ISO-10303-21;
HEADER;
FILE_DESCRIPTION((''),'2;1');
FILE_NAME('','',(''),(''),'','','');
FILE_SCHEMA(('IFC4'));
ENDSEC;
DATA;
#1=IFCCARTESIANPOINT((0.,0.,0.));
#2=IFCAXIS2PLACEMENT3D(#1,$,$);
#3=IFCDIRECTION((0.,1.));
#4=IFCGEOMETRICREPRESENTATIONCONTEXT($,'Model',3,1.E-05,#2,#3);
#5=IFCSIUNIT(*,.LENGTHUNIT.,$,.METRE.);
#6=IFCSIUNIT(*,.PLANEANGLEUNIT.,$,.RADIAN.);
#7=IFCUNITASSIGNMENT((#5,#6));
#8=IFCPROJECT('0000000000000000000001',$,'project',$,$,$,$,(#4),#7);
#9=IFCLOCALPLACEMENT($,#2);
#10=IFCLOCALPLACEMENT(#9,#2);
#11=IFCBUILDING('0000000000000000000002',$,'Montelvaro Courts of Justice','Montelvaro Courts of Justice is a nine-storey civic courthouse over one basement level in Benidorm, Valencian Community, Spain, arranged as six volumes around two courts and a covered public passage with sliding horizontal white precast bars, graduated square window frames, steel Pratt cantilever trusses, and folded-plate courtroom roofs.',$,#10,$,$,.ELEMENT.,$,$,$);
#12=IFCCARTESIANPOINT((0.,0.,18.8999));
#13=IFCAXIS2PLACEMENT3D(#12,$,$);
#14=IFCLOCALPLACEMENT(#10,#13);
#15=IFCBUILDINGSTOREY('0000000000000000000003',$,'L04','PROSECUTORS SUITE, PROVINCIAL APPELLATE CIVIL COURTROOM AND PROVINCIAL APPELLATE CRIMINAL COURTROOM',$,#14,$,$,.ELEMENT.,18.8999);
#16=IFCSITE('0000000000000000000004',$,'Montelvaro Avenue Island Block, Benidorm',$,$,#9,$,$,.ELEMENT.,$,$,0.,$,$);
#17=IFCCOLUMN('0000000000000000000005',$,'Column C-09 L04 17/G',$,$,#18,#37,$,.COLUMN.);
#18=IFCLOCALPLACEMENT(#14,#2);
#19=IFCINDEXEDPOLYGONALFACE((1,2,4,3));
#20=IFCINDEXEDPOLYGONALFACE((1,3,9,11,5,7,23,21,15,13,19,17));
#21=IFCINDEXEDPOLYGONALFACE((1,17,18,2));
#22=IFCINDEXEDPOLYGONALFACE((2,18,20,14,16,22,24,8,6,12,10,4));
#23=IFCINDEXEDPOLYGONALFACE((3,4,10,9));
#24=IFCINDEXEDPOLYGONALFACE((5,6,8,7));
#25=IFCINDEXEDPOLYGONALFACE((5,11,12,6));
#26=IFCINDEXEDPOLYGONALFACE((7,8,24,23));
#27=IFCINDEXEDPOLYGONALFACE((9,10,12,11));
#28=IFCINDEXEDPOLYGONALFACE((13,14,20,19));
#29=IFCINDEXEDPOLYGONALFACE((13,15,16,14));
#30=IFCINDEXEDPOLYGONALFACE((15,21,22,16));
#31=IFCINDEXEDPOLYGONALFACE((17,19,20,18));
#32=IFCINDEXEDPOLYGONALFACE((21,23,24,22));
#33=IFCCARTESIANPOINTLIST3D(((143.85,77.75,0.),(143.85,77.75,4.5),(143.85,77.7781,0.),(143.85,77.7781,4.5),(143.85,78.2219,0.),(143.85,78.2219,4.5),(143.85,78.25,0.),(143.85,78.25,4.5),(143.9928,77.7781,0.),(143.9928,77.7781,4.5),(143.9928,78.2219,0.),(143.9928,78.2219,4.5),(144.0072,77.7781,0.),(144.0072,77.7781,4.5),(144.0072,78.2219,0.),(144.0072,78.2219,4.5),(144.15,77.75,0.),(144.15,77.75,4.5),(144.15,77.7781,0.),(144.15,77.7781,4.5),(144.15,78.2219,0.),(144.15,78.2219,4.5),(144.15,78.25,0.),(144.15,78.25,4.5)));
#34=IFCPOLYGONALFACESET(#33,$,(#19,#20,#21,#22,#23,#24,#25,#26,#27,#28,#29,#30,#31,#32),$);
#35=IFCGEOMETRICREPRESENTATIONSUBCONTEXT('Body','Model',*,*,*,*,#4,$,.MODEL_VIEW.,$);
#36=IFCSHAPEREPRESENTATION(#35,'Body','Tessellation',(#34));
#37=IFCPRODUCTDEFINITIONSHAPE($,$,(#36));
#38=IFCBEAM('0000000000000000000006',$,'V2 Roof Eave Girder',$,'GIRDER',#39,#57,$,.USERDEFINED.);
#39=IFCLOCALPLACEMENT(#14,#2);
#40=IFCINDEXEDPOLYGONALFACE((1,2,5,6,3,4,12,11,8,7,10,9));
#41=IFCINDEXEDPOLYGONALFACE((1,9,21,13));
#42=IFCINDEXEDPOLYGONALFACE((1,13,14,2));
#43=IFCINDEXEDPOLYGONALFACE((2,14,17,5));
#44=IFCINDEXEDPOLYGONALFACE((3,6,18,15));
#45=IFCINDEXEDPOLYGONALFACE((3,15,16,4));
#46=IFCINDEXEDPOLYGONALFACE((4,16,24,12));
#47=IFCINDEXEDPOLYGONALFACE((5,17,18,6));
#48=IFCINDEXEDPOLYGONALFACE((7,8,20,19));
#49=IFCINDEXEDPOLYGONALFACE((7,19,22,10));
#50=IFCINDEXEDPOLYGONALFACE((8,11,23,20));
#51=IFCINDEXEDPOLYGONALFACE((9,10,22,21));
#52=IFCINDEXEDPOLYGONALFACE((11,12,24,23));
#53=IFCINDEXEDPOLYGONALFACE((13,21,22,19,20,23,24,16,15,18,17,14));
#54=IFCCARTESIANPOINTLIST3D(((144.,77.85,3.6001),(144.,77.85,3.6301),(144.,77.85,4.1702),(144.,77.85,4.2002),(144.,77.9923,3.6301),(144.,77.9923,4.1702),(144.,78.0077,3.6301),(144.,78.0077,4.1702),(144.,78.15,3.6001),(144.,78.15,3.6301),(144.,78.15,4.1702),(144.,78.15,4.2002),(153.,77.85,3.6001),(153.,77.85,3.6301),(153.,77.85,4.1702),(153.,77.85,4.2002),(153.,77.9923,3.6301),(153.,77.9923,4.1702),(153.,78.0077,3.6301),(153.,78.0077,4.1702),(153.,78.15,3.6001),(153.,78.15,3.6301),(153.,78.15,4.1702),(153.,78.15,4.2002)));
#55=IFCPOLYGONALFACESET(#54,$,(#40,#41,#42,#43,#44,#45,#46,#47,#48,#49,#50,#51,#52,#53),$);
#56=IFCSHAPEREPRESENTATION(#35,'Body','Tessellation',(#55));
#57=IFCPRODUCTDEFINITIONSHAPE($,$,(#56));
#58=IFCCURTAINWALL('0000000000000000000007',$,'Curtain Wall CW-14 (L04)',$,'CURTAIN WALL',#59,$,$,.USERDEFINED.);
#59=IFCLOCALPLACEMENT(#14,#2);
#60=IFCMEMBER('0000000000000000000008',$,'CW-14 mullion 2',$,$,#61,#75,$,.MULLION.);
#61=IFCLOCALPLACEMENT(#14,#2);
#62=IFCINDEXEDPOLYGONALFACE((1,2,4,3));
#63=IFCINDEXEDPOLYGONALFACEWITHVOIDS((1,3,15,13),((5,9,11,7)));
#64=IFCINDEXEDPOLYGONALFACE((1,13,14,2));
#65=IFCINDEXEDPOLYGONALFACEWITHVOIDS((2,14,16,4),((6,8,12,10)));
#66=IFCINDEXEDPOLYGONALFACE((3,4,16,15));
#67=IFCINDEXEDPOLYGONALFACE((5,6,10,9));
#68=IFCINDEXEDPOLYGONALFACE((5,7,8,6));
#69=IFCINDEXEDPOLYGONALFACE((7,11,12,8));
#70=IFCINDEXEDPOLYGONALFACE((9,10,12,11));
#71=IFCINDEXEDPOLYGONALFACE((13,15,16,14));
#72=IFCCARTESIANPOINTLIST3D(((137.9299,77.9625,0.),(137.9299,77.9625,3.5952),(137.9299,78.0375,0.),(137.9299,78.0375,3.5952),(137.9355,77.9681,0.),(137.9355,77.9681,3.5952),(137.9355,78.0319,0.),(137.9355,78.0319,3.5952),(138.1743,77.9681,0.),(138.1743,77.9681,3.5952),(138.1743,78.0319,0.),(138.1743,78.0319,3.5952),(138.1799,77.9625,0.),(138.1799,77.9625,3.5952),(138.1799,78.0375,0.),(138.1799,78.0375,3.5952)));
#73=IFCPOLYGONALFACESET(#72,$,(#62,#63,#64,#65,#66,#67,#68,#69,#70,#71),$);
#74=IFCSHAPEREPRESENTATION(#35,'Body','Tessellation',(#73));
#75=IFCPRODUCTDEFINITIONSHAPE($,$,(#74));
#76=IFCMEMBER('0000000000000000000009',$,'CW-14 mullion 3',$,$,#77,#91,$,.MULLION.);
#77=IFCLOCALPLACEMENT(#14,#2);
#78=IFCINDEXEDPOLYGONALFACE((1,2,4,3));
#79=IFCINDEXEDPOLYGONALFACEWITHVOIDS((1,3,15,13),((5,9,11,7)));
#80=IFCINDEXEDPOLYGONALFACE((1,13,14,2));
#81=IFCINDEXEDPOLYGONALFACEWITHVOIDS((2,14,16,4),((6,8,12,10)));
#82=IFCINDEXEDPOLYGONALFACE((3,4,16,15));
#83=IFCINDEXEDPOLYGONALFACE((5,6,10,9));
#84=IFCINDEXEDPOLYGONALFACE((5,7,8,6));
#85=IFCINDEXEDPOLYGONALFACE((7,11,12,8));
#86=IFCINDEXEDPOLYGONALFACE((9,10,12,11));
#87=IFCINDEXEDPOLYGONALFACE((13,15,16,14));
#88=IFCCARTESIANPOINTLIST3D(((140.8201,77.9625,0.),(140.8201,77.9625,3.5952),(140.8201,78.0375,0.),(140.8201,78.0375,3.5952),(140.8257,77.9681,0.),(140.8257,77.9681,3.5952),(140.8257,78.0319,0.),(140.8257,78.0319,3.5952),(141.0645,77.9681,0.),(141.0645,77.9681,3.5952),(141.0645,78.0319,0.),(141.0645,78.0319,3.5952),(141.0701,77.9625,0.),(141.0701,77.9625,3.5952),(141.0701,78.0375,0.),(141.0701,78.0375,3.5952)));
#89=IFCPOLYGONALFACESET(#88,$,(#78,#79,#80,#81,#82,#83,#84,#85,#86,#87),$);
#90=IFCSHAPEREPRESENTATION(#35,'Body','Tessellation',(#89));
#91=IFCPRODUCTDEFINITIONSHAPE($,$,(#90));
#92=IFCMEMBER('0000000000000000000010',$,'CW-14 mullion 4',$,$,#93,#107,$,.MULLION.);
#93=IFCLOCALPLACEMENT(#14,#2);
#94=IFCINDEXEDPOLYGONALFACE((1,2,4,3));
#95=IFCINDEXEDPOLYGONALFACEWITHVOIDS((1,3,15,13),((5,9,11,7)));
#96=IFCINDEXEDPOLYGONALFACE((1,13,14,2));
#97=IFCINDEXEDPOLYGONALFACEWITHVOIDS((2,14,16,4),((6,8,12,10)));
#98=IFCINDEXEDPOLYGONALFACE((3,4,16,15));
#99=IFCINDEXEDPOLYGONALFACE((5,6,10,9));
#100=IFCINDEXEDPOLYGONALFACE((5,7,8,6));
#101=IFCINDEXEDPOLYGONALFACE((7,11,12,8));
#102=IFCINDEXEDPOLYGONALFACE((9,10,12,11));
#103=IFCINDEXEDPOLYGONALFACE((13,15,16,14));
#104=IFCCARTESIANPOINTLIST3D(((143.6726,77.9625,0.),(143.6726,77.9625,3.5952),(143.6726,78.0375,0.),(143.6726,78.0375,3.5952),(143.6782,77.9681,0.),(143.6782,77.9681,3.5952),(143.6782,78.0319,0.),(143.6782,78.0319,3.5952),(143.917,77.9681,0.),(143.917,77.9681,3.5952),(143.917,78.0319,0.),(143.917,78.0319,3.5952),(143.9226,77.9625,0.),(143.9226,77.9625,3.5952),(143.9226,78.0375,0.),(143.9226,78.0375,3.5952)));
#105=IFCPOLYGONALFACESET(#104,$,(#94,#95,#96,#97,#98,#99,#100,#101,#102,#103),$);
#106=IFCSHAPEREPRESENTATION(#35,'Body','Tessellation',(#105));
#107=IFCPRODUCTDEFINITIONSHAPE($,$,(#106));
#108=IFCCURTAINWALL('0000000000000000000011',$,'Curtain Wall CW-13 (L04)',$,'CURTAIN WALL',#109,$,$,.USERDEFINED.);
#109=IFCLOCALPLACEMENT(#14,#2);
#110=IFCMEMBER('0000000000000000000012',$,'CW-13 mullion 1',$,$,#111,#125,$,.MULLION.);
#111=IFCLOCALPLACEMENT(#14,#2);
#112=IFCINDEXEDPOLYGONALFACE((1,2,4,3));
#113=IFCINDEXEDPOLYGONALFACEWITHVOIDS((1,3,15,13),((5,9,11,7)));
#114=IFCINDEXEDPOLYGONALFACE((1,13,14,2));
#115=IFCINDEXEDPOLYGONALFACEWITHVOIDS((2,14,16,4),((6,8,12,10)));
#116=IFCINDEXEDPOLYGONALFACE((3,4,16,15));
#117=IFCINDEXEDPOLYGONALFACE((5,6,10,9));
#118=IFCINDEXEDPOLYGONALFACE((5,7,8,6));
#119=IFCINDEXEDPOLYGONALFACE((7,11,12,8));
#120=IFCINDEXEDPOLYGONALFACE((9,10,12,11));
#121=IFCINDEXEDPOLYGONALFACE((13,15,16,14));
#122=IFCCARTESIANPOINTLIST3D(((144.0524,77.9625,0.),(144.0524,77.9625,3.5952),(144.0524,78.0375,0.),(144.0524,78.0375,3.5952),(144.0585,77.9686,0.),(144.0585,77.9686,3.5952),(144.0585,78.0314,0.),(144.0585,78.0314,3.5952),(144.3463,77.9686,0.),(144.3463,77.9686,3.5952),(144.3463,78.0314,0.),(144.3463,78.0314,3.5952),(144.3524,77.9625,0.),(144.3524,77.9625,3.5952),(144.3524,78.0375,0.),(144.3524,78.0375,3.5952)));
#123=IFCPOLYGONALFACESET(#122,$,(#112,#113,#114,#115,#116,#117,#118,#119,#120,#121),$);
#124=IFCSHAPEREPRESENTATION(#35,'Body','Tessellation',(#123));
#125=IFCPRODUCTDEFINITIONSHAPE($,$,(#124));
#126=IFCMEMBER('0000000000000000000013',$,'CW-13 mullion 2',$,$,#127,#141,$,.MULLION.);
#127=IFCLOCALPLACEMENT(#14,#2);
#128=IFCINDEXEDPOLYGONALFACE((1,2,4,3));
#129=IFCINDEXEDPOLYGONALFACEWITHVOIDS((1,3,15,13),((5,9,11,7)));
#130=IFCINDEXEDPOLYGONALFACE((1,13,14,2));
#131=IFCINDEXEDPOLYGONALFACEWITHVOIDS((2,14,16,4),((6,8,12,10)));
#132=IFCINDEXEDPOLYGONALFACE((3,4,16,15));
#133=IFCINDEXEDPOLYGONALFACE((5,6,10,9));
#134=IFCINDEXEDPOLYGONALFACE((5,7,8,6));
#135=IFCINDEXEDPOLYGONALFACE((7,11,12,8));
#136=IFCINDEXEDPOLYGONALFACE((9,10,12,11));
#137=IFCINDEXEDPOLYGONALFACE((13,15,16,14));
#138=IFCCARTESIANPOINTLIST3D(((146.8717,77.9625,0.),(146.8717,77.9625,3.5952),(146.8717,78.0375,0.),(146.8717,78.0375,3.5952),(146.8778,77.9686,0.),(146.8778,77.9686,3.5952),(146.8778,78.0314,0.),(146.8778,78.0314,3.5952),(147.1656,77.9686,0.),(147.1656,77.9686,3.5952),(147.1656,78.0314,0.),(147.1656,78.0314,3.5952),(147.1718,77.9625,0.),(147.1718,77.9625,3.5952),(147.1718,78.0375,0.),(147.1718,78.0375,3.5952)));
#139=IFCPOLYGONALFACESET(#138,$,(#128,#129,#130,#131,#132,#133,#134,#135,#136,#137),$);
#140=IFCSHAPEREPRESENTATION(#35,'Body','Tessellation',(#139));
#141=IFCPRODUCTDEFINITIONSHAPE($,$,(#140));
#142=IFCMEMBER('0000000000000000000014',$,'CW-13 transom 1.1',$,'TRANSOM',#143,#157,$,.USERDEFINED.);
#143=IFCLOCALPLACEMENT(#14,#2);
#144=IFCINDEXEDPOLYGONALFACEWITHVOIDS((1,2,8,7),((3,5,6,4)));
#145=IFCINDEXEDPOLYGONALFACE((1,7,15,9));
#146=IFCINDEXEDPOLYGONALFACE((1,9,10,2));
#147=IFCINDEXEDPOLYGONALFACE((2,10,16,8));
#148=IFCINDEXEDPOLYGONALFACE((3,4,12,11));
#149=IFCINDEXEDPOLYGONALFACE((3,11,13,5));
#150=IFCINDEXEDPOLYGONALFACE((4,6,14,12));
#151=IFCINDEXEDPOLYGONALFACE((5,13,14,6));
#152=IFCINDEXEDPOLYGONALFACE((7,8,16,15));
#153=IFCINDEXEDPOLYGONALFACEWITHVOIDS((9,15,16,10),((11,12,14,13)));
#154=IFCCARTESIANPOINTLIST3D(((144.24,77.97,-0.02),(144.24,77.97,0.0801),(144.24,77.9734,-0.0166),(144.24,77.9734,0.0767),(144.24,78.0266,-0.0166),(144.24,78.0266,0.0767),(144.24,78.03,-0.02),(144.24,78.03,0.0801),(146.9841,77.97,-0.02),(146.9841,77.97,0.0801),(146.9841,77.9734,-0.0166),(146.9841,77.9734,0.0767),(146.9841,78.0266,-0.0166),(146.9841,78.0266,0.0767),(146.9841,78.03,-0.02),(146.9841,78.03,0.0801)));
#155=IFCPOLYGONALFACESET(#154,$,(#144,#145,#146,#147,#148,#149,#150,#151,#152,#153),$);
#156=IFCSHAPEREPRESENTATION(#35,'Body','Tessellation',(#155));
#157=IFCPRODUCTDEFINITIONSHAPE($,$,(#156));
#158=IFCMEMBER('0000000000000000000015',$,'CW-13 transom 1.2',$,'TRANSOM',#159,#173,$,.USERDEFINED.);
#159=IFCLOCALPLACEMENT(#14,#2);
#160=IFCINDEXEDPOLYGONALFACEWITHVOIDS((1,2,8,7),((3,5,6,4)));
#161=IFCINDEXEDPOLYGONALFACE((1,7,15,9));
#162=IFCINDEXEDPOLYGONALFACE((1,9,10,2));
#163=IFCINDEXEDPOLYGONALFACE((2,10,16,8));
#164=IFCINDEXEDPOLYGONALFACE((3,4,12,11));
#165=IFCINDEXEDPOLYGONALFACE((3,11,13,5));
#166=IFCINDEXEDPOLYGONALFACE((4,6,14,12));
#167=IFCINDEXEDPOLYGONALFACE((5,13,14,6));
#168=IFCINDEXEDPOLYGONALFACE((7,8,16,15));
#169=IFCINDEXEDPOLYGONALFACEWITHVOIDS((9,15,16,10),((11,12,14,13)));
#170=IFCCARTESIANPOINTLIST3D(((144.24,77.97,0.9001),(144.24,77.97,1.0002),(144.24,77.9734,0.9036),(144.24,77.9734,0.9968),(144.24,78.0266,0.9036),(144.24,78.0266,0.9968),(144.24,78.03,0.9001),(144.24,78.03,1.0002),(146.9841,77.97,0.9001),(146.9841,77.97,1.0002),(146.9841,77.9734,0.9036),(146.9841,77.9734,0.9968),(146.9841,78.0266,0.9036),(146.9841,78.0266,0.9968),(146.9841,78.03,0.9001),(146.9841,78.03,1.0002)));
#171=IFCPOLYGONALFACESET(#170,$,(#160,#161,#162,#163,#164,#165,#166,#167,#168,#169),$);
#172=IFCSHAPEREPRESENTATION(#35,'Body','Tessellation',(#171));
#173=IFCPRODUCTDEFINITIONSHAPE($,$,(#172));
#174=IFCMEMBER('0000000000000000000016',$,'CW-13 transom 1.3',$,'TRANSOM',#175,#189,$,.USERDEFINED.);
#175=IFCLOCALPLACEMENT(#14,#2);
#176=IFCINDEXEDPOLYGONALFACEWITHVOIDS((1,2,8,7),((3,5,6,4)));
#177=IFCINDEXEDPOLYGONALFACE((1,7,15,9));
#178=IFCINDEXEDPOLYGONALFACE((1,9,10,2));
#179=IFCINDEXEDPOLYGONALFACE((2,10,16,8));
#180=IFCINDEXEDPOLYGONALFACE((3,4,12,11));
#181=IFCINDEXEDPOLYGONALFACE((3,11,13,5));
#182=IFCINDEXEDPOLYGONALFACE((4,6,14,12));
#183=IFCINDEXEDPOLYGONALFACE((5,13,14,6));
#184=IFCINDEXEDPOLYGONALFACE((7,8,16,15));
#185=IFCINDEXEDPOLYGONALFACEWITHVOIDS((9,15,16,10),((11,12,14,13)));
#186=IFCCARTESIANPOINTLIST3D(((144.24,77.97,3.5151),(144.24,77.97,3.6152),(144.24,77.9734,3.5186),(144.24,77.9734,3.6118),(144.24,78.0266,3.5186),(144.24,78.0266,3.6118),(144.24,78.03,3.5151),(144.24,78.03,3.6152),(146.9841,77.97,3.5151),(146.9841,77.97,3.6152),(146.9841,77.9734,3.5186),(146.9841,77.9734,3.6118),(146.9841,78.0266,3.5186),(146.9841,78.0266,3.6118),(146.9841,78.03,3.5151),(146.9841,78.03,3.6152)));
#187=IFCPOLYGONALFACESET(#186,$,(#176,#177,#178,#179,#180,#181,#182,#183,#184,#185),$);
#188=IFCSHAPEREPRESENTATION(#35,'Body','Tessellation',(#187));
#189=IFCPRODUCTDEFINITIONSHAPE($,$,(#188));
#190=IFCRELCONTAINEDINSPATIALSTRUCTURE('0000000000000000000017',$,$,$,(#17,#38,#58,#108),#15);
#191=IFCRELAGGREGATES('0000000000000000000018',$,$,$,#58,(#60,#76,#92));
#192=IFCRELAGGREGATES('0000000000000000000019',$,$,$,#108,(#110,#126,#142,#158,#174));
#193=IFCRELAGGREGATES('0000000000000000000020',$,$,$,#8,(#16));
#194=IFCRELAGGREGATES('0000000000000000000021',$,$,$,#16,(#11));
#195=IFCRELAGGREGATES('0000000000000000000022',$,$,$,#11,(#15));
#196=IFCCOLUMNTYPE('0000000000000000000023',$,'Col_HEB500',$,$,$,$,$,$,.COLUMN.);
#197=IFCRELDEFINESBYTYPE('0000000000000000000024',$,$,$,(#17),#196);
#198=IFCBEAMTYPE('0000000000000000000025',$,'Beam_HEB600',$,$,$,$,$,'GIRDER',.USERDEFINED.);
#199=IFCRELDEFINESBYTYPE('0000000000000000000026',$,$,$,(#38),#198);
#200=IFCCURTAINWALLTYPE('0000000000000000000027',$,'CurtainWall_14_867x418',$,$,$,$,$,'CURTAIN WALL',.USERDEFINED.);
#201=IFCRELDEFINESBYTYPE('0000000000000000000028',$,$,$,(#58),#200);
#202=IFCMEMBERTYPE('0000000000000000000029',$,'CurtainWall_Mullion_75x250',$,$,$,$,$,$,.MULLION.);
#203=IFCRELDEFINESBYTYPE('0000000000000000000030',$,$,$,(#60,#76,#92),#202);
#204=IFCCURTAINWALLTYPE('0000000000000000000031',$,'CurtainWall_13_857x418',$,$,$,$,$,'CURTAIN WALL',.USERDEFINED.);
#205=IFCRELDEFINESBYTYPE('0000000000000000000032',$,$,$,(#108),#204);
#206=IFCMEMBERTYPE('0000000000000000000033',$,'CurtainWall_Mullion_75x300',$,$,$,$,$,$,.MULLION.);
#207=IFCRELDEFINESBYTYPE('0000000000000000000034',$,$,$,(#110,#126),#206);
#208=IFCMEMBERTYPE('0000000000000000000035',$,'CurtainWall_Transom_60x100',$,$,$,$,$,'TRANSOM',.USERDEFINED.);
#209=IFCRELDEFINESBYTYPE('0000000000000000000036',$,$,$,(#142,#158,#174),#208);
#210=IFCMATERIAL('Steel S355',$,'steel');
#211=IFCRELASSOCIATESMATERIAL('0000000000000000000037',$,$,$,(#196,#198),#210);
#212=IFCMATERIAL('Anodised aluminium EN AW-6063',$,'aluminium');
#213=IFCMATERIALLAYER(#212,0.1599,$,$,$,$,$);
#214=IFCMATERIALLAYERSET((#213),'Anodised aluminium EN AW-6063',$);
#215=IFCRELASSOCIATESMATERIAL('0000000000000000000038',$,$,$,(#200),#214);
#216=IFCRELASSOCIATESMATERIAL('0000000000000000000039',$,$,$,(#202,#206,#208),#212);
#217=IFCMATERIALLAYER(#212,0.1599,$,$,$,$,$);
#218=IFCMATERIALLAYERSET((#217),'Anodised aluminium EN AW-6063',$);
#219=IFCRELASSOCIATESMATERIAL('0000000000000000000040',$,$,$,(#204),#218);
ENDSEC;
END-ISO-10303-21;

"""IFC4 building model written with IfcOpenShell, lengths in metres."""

from ifc_helpers import new_model, si_unit, direction, frame, origin, origin_2d, place, context, subcontext, project, spatial, hollow_rectangle, i_section, extrude, material, layer, layer_set, material_profile, profile_set, type_object, element, aggregate, save


model = new_model("IFC4")

# Units and contexts
model_context = context("Model", 3, precision=1e-05, world=origin(), true_north=direction((0.0, 1.0)))
body_context = subcontext(model_context, "Body", "Model", "MODEL_VIEW")
ifc_project = project(units=[si_unit("LENGTHUNIT", "METRE"), si_unit("PLANEANGLEUNIT", "RADIAN")], contexts=[model_context])

# Site, building, storey
site_placement = place(None, origin())
site = spatial("IfcSite", under=ifc_project, at=site_placement, Name="Montelvaro Avenue Island Block, Benidorm", CompositionType="ELEMENT", RefElevation=0.0)
building_placement = place(site_placement, origin())
building = spatial("IfcBuilding", under=site, at=building_placement, Name="Montelvaro Courts of Justice", Description="Montelvaro Courts of Justice is a nine-storey civic courthouse over one basement level in Benidorm, Valencian Community, Spain, arranged as six volumes around two courts and a covered public passage with sliding horizontal white precast bars, graduated square window frames, steel Pratt cantilever trusses, and folded-plate courtroom roofs.", CompositionType="ELEMENT")
storey_placement = place(building_placement, frame((0.0, 0.0, 18.8999)))
storey = spatial("IfcBuildingStorey", under=building, at=storey_placement, Name="L04", Description="PROSECUTORS SUITE, PROVINCIAL APPELLATE CIVIL COURTROOM AND PROVINCIAL APPELLATE CRIMINAL COURTROOM", CompositionType="ELEMENT", Elevation=18.8999)

# Column
ifc_material_1 = material(Name="Steel S355", Category="steel")
ifc_material_profile_1 = material_profile(ifc_material_1, i_section(OverallWidth=0.3, OverallDepth=0.5, WebThickness=0.0144, FlangeThickness=0.0281, at=origin_2d()), Name="HEB 500")
ifc_profile_set_1 = profile_set([ifc_material_profile_1], Name="Steel S355")
column_type = type_object("IfcColumnType", Name="Col_HEB500", PredefinedType="COLUMN", material=ifc_profile_set_1)
column_placement = place(storey_placement, frame((144.0, 78.0, 0.0), z_axis=(0.0, 0.0, 1.0), x_axis=(1.0, 0.0, 0.0)))
element("IfcColumn", 1, at=column_placement, inside=storey, type_object=column_type, Name="Column C-09 L04 17/G", PredefinedType="COLUMN", context=body_context, shape_type="SweptSolid", body=[
    extrude(i_section(OverallWidth=0.3, OverallDepth=0.5, WebThickness=0.0144, FlangeThickness=0.0281, at=origin_2d()), origin(), (0.0, 0.0, 1.0), 4.5),
])

# Beam
ifc_material_profile_2 = material_profile(ifc_material_1, i_section(OverallWidth=0.3, OverallDepth=0.6001, WebThickness=0.0154, FlangeThickness=0.03, at=origin_2d()), Name="HEB 600")
ifc_profile_set_2 = profile_set([ifc_material_profile_2], Name="Steel S355")
beam_type = type_object("IfcBeamType", Name="Beam_HEB600", ElementType="GIRDER", PredefinedType="USERDEFINED", material=ifc_profile_set_2)
beam_placement = place(storey_placement, frame((144.0, 78.0, 3.9001), z_axis=(1.0, 0.0, 0.0), x_axis=(0.0, 1.0, 0.0)))
element("IfcBeam", 2, at=beam_placement, inside=storey, type_object=beam_type, Name="V2 Roof Eave Girder", ObjectType="GIRDER", PredefinedType="USERDEFINED", context=body_context, shape_type="SweptSolid", body=[
    extrude(i_section(OverallWidth=0.3, OverallDepth=0.6001, WebThickness=0.0154, FlangeThickness=0.03, at=origin_2d()), origin(), (0.0, 0.0, 1.0), 9.0),
])

# Curtain walls, members
ifc_material_2 = material(Name="Anodised aluminium EN AW-6063", Category="aluminium")
ifc_layer_1 = layer(ifc_material_2, 0.1599)
ifc_layer_set_1 = layer_set([ifc_layer_1], Name="Anodised aluminium EN AW-6063")
curtain_wall_type_1 = type_object("IfcCurtainWallType", Name="CurtainWall_14_867x418", ElementType="CURTAIN WALL", PredefinedType="USERDEFINED", material=ifc_layer_set_1)
curtain_wall_1_placement = place(storey_placement, origin())
curtain_wall_1 = element("IfcCurtainWall", 3, at=curtain_wall_1_placement, inside=storey, type_object=curtain_wall_type_1, Name="Curtain Wall CW-14 (L04)", ObjectType="CURTAIN WALL", PredefinedType="USERDEFINED")
ifc_material_profile_3 = material_profile(ifc_material_2, hollow_rectangle(XDim=0.075, YDim=0.25, WallThickness=0.0056, at=origin_2d()), Name="ALU-M 75x250")
ifc_profile_set_3 = profile_set([ifc_material_profile_3], Name="Anodised aluminium EN AW-6063")
member_type_1 = type_object("IfcMemberType", Name="CurtainWall_Mullion_75x250", PredefinedType="MULLION", material=ifc_profile_set_3)
member_1_placement = place(storey_placement, frame((138.0549, 78.0, 0.0), z_axis=(0.0, 0.0, 1.0), x_axis=(0.0, 1.0, 0.0)))
member_1 = element("IfcMember", 4, at=member_1_placement, type_object=member_type_1, Name="CW-14 mullion 2", PredefinedType="MULLION", context=body_context, shape_type="SweptSolid", body=[
    extrude(hollow_rectangle(XDim=0.075, YDim=0.25, WallThickness=0.0056, at=origin_2d()), origin(), (0.0, 0.0, 1.0), 3.5952),
])
member_2_placement = place(storey_placement, frame((140.9451, 78.0, 0.0), z_axis=(0.0, 0.0, 1.0), x_axis=(0.0, 1.0, 0.0)))
member_2 = element("IfcMember", 5, at=member_2_placement, type_object=member_type_1, Name="CW-14 mullion 3", PredefinedType="MULLION", context=body_context, shape_type="SweptSolid", body=[
    extrude(hollow_rectangle(XDim=0.075, YDim=0.25, WallThickness=0.0056, at=origin_2d()), origin(), (0.0, 0.0, 1.0), 3.5952),
])
member_3_placement = place(storey_placement, frame((143.7976, 78.0, 0.0), z_axis=(0.0, 0.0, 1.0), x_axis=(0.0, 1.0, 0.0)))
member_3 = element("IfcMember", 6, at=member_3_placement, type_object=member_type_1, Name="CW-14 mullion 4", PredefinedType="MULLION", context=body_context, shape_type="SweptSolid", body=[
    extrude(hollow_rectangle(XDim=0.075, YDim=0.25, WallThickness=0.0056, at=origin_2d()), origin(), (0.0, 0.0, 1.0), 3.5952),
])
ifc_layer_2 = layer(ifc_material_2, 0.1599)
ifc_layer_set_2 = layer_set([ifc_layer_2], Name="Anodised aluminium EN AW-6063")
curtain_wall_type_2 = type_object("IfcCurtainWallType", Name="CurtainWall_13_857x418", ElementType="CURTAIN WALL", PredefinedType="USERDEFINED", material=ifc_layer_set_2)
curtain_wall_2_placement = place(storey_placement, origin())
curtain_wall_2 = element("IfcCurtainWall", 7, at=curtain_wall_2_placement, inside=storey, type_object=curtain_wall_type_2, Name="Curtain Wall CW-13 (L04)", ObjectType="CURTAIN WALL", PredefinedType="USERDEFINED")
ifc_material_profile_4 = material_profile(ifc_material_2, hollow_rectangle(XDim=0.075, YDim=0.3, WallThickness=0.0061, at=origin_2d()), Name="ALU-M 75x300")
ifc_profile_set_4 = profile_set([ifc_material_profile_4], Name="Anodised aluminium EN AW-6063")
member_type_2 = type_object("IfcMemberType", Name="CurtainWall_Mullion_75x300", PredefinedType="MULLION", material=ifc_profile_set_4)
member_4_placement = place(storey_placement, frame((144.2024, 78.0, 0.0), z_axis=(0.0, 0.0, 1.0), x_axis=(0.0, 1.0, 0.0)))
member_4 = element("IfcMember", 8, at=member_4_placement, type_object=member_type_2, Name="CW-13 mullion 1", PredefinedType="MULLION", context=body_context, shape_type="SweptSolid", body=[
    extrude(hollow_rectangle(XDim=0.075, YDim=0.3, WallThickness=0.0061, at=origin_2d()), origin(), (0.0, 0.0, 1.0), 3.5952),
])
member_5_placement = place(storey_placement, frame((147.0217, 78.0, 0.0), z_axis=(0.0, 0.0, 1.0), x_axis=(0.0, 1.0, 0.0)))
member_5 = element("IfcMember", 9, at=member_5_placement, type_object=member_type_2, Name="CW-13 mullion 2", PredefinedType="MULLION", context=body_context, shape_type="SweptSolid", body=[
    extrude(hollow_rectangle(XDim=0.075, YDim=0.3, WallThickness=0.0061, at=origin_2d()), origin(), (0.0, 0.0, 1.0), 3.5952),
])
ifc_material_profile_5 = material_profile(ifc_material_2, hollow_rectangle(XDim=0.0601, YDim=0.1001, WallThickness=0.0034, at=origin_2d()), Name="ALU-T 60x100")
ifc_profile_set_5 = profile_set([ifc_material_profile_5], Name="Anodised aluminium EN AW-6063")
member_type_3 = type_object("IfcMemberType", Name="CurtainWall_Transom_60x100", ElementType="TRANSOM", PredefinedType="USERDEFINED", material=ifc_profile_set_5)
member_6_placement = place(storey_placement, frame((144.24, 78.0, 0.03), z_axis=(1.0, 0.0, 0.0), x_axis=(0.0, 1.0, 0.0)))
member_6 = element("IfcMember", 10, at=member_6_placement, type_object=member_type_3, Name="CW-13 transom 1.1", ObjectType="TRANSOM", PredefinedType="USERDEFINED", context=body_context, shape_type="SweptSolid", body=[
    extrude(hollow_rectangle(XDim=0.0601, YDim=0.1001, WallThickness=0.0034, at=origin_2d()), origin(), (0.0, 0.0, 1.0), 2.7441),
])
member_7_placement = place(storey_placement, frame((144.24, 78.0, 0.9502), z_axis=(1.0, 0.0, 0.0), x_axis=(0.0, 1.0, 0.0)))
member_7 = element("IfcMember", 11, at=member_7_placement, type_object=member_type_3, Name="CW-13 transom 1.2", ObjectType="TRANSOM", PredefinedType="USERDEFINED", context=body_context, shape_type="SweptSolid", body=[
    extrude(hollow_rectangle(XDim=0.0601, YDim=0.1001, WallThickness=0.0034, at=origin_2d()), origin(), (0.0, 0.0, 1.0), 2.7441),
])
member_8_placement = place(storey_placement, frame((144.24, 78.0, 3.5652), z_axis=(1.0, 0.0, 0.0), x_axis=(0.0, 1.0, 0.0)))
member_8 = element("IfcMember", 12, at=member_8_placement, type_object=member_type_3, Name="CW-13 transom 1.3", ObjectType="TRANSOM", PredefinedType="USERDEFINED", context=body_context, shape_type="SweptSolid", body=[
    extrude(hollow_rectangle(XDim=0.0601, YDim=0.1001, WallThickness=0.0034, at=origin_2d()), origin(), (0.0, 0.0, 1.0), 2.7441),
])

aggregate(curtain_wall_1, [member_1, member_2, member_3])
aggregate(curtain_wall_2, [member_4, member_5, member_6, member_7, member_8])

save(model, "model.ifc")
